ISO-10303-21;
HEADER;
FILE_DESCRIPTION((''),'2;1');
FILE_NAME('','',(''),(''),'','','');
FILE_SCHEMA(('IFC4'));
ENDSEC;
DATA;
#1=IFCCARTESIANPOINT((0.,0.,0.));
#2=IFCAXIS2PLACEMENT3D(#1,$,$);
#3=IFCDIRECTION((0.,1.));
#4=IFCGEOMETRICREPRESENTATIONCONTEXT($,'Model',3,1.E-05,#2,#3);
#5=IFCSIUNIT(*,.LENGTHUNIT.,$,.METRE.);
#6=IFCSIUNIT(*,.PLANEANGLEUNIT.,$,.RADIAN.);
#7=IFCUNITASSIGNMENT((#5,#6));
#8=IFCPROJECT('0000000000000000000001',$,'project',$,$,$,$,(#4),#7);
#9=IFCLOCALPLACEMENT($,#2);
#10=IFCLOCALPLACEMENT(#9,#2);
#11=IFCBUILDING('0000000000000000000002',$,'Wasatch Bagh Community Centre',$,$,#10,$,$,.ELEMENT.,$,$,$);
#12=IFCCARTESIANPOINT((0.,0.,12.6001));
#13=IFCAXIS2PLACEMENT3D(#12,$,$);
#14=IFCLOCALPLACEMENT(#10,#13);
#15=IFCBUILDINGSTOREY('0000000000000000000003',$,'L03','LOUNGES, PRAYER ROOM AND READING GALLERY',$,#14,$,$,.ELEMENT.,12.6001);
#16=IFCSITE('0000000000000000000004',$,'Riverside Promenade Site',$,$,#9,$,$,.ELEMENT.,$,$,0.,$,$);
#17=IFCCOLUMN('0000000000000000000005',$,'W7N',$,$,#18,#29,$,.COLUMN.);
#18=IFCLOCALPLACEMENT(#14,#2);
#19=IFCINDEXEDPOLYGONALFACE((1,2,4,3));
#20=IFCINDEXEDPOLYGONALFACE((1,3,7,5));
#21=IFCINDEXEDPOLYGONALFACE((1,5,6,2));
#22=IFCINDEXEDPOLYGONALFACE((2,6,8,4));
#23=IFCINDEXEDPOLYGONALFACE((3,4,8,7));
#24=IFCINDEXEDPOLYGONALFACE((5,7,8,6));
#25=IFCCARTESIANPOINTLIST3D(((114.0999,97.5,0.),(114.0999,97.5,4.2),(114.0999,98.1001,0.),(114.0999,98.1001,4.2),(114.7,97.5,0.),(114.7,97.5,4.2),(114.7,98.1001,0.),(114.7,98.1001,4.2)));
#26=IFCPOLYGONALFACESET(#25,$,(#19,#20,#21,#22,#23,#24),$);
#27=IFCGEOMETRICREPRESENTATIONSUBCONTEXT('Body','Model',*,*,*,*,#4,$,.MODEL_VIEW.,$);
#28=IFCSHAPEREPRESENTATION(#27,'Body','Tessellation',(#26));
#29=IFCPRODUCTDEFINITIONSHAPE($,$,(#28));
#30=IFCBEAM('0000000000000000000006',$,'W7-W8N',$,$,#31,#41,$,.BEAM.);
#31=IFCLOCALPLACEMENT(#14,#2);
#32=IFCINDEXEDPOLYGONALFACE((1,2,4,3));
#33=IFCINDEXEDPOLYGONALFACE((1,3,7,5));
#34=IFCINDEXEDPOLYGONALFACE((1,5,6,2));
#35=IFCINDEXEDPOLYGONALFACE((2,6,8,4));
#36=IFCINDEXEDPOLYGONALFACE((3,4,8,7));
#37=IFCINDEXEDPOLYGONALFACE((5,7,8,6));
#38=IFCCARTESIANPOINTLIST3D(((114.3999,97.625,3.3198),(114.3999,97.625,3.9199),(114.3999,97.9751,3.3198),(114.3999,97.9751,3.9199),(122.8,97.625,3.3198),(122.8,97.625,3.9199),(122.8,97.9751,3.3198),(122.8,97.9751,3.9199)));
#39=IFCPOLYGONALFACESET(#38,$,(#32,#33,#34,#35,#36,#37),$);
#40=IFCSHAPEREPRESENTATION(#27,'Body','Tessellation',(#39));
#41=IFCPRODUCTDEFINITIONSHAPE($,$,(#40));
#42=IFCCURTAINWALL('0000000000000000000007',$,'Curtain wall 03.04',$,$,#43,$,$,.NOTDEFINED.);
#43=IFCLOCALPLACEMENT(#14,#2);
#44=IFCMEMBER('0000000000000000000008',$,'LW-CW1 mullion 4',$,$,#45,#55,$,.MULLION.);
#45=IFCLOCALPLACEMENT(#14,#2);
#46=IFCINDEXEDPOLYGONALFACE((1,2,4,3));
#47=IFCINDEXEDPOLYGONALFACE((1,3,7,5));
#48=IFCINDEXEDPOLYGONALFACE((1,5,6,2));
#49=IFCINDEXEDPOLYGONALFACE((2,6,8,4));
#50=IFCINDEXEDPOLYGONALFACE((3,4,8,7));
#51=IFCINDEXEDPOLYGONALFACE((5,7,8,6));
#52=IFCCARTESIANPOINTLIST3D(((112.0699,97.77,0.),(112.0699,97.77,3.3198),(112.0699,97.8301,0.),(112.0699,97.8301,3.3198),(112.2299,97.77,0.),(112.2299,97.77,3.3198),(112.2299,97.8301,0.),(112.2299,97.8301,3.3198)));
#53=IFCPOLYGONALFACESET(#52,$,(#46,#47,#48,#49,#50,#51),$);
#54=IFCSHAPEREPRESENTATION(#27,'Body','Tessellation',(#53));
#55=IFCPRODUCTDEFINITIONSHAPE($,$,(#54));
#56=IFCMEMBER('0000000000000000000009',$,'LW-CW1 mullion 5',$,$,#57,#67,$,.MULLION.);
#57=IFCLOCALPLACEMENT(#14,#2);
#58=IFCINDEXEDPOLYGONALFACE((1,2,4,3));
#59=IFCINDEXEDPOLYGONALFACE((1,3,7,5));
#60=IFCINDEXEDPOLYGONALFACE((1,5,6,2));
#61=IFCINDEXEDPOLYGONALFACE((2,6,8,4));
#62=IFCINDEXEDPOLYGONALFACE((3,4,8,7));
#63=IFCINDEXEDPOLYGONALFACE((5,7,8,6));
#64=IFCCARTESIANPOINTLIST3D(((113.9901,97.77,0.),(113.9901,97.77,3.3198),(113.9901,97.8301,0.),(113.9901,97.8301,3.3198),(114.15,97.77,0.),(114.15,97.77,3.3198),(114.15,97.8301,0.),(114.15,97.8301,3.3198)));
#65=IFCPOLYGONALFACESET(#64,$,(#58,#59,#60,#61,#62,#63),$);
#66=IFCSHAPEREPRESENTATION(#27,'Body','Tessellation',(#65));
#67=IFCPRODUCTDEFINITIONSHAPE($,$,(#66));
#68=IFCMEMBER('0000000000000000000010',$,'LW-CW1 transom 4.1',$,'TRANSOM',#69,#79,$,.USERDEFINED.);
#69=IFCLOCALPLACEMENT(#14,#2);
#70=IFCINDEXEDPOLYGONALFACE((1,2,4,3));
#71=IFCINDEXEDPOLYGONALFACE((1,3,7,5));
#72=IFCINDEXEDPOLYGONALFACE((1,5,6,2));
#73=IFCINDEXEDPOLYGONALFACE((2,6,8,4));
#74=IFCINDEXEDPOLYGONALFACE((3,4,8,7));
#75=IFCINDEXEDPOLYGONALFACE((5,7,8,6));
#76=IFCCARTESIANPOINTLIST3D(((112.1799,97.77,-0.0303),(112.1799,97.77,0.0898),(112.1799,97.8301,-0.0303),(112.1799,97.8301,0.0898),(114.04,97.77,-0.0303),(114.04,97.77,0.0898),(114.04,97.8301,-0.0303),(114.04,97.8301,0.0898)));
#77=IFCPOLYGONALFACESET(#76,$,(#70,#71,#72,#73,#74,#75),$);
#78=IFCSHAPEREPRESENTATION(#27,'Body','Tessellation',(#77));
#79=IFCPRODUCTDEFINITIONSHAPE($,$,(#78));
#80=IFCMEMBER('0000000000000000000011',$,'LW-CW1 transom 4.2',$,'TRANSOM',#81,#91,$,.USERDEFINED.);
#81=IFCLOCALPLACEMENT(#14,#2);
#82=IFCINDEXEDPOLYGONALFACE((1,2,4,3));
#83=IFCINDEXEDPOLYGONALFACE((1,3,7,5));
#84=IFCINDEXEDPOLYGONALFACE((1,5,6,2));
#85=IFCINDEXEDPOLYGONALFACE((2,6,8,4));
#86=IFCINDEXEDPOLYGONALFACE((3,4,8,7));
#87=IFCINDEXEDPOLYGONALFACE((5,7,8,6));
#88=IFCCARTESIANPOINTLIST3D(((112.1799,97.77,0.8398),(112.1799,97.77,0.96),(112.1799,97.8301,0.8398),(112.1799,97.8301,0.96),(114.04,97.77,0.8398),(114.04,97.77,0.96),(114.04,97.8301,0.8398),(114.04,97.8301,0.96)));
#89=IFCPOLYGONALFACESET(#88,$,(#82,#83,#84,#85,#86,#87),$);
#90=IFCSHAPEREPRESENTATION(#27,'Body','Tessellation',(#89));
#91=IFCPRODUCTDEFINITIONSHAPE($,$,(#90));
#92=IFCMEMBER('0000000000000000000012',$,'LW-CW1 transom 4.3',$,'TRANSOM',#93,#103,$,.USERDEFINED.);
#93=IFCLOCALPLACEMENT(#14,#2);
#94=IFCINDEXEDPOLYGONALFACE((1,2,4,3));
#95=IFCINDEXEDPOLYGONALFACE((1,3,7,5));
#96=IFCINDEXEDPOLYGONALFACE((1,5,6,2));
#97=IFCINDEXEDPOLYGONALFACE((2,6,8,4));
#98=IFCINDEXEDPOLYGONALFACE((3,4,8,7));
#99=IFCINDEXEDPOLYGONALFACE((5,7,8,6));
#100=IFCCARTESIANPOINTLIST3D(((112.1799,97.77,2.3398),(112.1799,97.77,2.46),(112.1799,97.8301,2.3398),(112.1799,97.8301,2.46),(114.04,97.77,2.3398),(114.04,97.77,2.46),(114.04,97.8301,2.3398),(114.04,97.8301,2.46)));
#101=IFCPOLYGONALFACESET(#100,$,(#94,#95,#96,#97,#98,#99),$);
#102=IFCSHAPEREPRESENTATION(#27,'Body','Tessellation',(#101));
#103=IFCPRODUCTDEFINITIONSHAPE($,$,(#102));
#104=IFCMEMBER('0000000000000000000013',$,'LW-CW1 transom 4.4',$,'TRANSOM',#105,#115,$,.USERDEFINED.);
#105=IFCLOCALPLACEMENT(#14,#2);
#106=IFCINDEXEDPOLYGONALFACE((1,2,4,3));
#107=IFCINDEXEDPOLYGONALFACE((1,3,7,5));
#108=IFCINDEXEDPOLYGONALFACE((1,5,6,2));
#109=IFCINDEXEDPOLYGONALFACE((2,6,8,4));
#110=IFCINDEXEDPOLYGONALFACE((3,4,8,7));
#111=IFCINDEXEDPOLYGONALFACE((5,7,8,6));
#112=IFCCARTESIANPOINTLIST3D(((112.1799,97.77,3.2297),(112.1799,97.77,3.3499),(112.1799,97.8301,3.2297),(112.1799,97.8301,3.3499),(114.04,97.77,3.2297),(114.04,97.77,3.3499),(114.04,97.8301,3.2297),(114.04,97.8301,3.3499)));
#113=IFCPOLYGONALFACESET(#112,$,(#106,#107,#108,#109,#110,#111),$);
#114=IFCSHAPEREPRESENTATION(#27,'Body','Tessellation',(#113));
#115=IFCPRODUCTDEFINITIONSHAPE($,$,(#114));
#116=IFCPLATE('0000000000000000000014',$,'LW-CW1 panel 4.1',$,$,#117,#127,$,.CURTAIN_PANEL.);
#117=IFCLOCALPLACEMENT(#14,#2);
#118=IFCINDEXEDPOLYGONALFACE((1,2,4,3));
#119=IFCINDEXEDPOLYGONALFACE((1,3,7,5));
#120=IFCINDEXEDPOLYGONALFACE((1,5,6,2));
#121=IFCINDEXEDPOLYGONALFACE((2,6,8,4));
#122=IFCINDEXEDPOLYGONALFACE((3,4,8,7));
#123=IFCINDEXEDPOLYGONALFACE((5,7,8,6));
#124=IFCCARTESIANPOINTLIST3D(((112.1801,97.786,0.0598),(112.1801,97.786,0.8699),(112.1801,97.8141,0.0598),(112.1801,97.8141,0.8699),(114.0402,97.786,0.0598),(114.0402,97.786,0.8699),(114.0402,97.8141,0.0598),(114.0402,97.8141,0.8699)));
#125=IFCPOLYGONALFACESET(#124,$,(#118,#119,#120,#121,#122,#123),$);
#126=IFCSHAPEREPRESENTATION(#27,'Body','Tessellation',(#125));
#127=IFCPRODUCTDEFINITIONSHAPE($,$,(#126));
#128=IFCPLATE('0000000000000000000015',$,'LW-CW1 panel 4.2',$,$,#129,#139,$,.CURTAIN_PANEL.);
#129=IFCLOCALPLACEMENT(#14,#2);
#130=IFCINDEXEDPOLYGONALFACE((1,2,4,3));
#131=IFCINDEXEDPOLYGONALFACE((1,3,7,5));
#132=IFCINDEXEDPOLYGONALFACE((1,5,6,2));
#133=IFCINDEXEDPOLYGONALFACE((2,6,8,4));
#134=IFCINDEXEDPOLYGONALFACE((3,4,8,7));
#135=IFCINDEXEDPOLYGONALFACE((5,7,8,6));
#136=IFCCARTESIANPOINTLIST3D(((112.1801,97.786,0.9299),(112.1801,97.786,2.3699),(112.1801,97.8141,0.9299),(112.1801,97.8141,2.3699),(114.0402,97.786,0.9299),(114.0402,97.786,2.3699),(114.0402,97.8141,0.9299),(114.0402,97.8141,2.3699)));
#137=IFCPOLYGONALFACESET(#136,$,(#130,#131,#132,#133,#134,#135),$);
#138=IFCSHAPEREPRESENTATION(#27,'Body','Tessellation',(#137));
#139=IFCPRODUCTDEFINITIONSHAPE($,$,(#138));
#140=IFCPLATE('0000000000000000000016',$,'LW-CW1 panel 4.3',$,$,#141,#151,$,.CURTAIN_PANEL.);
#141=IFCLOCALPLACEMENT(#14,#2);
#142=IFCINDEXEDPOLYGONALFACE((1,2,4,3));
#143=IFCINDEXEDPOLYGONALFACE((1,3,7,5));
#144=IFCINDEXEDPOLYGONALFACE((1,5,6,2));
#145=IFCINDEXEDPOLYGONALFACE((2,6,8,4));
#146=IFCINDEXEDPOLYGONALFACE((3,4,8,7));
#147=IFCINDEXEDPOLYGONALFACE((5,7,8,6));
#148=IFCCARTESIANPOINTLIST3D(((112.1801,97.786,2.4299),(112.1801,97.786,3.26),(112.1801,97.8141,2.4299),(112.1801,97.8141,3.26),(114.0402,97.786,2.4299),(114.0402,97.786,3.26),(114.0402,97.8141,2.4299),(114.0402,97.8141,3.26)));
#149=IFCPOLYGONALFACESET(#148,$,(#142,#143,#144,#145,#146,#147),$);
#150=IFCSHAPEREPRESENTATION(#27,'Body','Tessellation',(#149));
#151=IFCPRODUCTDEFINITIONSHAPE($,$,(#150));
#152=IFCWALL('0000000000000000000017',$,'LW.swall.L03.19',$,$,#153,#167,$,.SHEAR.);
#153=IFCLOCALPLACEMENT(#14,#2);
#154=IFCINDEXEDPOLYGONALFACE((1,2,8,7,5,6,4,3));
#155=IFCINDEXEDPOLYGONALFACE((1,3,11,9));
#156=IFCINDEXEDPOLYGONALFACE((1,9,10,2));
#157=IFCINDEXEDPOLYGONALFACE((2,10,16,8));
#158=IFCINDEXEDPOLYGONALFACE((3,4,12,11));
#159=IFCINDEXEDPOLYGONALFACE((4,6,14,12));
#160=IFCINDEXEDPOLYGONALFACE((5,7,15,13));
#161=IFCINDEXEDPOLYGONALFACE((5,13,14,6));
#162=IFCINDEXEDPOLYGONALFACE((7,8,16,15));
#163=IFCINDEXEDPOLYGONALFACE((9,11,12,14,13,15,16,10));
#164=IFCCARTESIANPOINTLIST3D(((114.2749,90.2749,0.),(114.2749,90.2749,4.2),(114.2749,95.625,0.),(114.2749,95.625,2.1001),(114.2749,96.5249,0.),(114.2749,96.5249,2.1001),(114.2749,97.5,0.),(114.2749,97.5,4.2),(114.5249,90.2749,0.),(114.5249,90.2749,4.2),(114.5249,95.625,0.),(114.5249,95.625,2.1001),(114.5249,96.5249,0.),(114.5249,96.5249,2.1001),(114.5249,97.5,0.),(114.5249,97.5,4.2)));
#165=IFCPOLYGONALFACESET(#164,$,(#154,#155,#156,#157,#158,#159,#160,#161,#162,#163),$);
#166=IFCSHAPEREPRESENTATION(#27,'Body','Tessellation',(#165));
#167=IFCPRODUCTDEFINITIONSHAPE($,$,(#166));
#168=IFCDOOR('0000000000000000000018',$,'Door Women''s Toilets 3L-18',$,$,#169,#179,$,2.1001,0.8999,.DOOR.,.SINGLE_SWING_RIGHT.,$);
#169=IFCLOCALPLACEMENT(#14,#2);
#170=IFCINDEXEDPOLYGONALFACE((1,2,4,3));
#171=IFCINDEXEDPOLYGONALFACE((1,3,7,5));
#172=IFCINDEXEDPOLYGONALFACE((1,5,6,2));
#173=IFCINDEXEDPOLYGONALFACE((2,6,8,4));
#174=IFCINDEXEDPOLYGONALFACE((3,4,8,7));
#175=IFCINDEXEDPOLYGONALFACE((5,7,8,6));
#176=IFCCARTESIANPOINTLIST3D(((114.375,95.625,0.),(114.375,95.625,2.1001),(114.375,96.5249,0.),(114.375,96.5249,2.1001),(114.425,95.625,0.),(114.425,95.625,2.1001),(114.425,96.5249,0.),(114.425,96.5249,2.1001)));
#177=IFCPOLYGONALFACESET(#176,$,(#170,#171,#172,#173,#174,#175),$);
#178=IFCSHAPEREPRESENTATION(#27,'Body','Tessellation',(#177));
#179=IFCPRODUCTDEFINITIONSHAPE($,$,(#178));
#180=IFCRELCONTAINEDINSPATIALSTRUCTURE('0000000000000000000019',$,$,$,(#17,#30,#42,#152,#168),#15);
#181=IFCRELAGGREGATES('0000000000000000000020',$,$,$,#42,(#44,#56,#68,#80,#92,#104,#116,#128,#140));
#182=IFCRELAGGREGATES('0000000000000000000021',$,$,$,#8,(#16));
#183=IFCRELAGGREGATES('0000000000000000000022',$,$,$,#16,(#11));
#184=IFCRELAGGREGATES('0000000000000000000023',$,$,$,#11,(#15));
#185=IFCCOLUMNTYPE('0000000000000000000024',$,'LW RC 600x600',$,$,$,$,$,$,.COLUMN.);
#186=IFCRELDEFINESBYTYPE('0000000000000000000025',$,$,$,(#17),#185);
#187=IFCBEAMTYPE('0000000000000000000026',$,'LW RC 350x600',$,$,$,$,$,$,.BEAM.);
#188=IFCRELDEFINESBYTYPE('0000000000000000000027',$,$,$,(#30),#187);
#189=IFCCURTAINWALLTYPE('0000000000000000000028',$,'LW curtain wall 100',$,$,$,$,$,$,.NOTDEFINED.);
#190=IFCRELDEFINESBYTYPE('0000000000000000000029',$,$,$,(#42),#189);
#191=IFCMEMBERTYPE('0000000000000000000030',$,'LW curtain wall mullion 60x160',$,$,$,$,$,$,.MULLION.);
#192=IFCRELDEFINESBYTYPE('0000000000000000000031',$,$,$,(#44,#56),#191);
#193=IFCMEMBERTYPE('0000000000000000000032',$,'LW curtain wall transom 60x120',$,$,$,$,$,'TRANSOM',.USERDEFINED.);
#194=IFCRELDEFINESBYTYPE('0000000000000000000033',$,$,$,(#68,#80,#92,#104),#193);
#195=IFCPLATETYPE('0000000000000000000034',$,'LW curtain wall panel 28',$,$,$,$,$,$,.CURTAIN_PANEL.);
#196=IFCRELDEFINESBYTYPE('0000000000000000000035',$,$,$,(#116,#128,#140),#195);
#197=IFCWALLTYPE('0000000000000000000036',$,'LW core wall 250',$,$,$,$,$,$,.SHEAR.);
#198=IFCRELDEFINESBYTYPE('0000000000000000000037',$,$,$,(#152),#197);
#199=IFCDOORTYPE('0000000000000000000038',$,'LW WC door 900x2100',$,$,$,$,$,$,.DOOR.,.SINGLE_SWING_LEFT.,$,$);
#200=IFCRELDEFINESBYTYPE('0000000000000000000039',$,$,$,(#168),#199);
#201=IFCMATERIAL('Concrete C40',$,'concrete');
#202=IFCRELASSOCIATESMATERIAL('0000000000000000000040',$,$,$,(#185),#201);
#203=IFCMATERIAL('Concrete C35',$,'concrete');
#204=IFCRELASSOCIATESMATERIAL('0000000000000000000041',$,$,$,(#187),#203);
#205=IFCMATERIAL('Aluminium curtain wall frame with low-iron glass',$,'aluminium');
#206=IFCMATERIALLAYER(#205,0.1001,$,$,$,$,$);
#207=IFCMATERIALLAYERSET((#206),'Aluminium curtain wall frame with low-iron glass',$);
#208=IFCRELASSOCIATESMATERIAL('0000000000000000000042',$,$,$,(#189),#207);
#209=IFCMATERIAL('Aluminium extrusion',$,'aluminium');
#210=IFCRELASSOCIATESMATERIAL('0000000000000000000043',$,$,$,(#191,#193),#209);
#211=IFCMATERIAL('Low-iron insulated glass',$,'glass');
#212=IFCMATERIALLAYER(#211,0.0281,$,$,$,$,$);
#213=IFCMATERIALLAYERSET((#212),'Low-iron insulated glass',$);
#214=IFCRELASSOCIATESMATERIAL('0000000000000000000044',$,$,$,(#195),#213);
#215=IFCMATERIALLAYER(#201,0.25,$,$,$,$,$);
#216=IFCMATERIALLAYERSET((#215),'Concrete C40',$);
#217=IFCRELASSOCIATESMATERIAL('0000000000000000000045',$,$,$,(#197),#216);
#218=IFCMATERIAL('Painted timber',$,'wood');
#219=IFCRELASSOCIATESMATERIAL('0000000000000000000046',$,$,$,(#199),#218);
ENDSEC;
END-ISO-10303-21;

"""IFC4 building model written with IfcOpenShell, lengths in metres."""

from ifc_helpers import new_model, si_unit, direction, frame, frame_2d, origin, origin_2d, place, context, subcontext, project, spatial, rectangle, extrude, material, layer, layer_set, material_profile, profile_set, type_object, element, fill, aggregate, save


model = new_model("IFC4")

# Units and contexts
model_context = context("Model", 3, precision=1e-05, world=origin(), true_north=direction((0.0, 1.0)))
body_context = subcontext(model_context, "Body", "Model", "MODEL_VIEW")
ifc_project = project(units=[si_unit("LENGTHUNIT", "METRE"), si_unit("PLANEANGLEUNIT", "RADIAN")], contexts=[model_context])

# Site, building, storey
site_placement = place(None, origin())
site = spatial("IfcSite", under=ifc_project, at=site_placement, Name="Riverside Promenade Site", CompositionType="ELEMENT", RefElevation=0.0)
building_placement = place(site_placement, origin())
building = spatial("IfcBuilding", under=site, at=building_placement, Name="Wasatch Bagh Community Centre", CompositionType="ELEMENT")
storey_placement = place(building_placement, frame((0.0, 0.0, 12.6001)))
storey = spatial("IfcBuildingStorey", under=building, at=storey_placement, Name="L03", Description="LOUNGES, PRAYER ROOM AND READING GALLERY", CompositionType="ELEMENT", Elevation=12.6001)

# Column
ifc_material_1 = material(Name="Concrete C40", Category="concrete")
ifc_material_profile_1 = material_profile(ifc_material_1, rectangle(XDim=0.6001, YDim=0.6001, at=origin_2d()), Name="RC 600x600")
ifc_profile_set_1 = profile_set([ifc_material_profile_1], Name="Concrete C40")
column_type = type_object("IfcColumnType", Name="LW RC 600x600", PredefinedType="COLUMN", material=ifc_profile_set_1)
column_placement = place(storey_placement, frame((114.3999, 97.8, 0.0), z_axis=(0.0, 0.0, 1.0), x_axis=(1.0, 0.0, 0.0)))
element("IfcColumn", 1, at=column_placement, inside=storey, type_object=column_type, Name="W7N", PredefinedType="COLUMN", context=body_context, shape_type="SweptSolid", body=[
    extrude(rectangle(XDim=0.6001, YDim=0.6001, at=origin_2d()), origin(), (0.0, 0.0, 1.0), 4.2),
])

# Beam
ifc_material_2 = material(Name="Concrete C35", Category="concrete")
ifc_material_profile_2 = material_profile(ifc_material_2, rectangle(XDim=0.3501, YDim=0.6001, at=origin_2d()), Name="RC 350x600")
ifc_profile_set_2 = profile_set([ifc_material_profile_2], Name="Concrete C35")
beam_type = type_object("IfcBeamType", Name="LW RC 350x600", PredefinedType="BEAM", material=ifc_profile_set_2)
beam_placement = place(storey_placement, frame((114.3999, 97.8, 3.6199), z_axis=(1.0, 0.0, 0.0), x_axis=(0.0, 1.0, 0.0)))
element("IfcBeam", 2, at=beam_placement, inside=storey, type_object=beam_type, Name="W7-W8N", PredefinedType="BEAM", context=body_context, shape_type="SweptSolid", body=[
    extrude(rectangle(XDim=0.3501, YDim=0.6001, at=origin_2d()), origin(), (0.0, 0.0, 1.0), 8.4001),
])

# Curtain wall, members, plates
ifc_material_3 = material(Name="Aluminium curtain wall frame with low-iron glass", Category="aluminium")
ifc_layer_1 = layer(ifc_material_3, 0.1001)
ifc_layer_set_1 = layer_set([ifc_layer_1], Name="Aluminium curtain wall frame with low-iron glass")
curtain_wall_type = type_object("IfcCurtainWallType", Name="LW curtain wall 100", PredefinedType="NOTDEFINED", material=ifc_layer_set_1)
curtain_wall_placement = place(storey_placement, origin())
curtain_wall = element("IfcCurtainWall", 3, at=curtain_wall_placement, inside=storey, type_object=curtain_wall_type, Name="Curtain wall 03.04", PredefinedType="NOTDEFINED")
ifc_material_4 = material(Name="Aluminium extrusion", Category="aluminium")
ifc_material_profile_3 = material_profile(ifc_material_4, rectangle(XDim=0.0601, YDim=0.1599, at=origin_2d()), Name="AL 60x160")
ifc_profile_set_3 = profile_set([ifc_material_profile_3], Name="Aluminium extrusion")
member_type_1 = type_object("IfcMemberType", Name="LW curtain wall mullion 60x160", PredefinedType="MULLION", material=ifc_profile_set_3)
member_1_placement = place(storey_placement, frame((112.1499, 97.8, 0.0), z_axis=(0.0, 0.0, 1.0), x_axis=(0.0, 1.0, 0.0)))
member_1 = element("IfcMember", 4, at=member_1_placement, type_object=member_type_1, Name="LW-CW1 mullion 4", PredefinedType="MULLION", context=body_context, shape_type="SweptSolid", body=[
    extrude(rectangle(XDim=0.0601, YDim=0.1599, at=origin_2d()), origin(), (0.0, 0.0, 1.0), 3.3198),
])
member_2_placement = place(storey_placement, frame((114.0701, 97.8, 0.0), z_axis=(0.0, 0.0, 1.0), x_axis=(0.0, 1.0, 0.0)))
member_2 = element("IfcMember", 5, at=member_2_placement, type_object=member_type_1, Name="LW-CW1 mullion 5", PredefinedType="MULLION", context=body_context, shape_type="SweptSolid", body=[
    extrude(rectangle(XDim=0.0601, YDim=0.1599, at=origin_2d()), origin(), (0.0, 0.0, 1.0), 3.3198),
])
ifc_material_profile_4 = material_profile(ifc_material_4, rectangle(XDim=0.0601, YDim=0.1201, at=origin_2d()), Name="AL 60x120")
ifc_profile_set_4 = profile_set([ifc_material_profile_4], Name="Aluminium extrusion")
member_type_2 = type_object("IfcMemberType", Name="LW curtain wall transom 60x120", ElementType="TRANSOM", PredefinedType="USERDEFINED", material=ifc_profile_set_4)
member_3_placement = place(storey_placement, frame((112.1799, 97.8, 0.0298), z_axis=(1.0, 0.0, 0.0), x_axis=(0.0, 1.0, 0.0)))
member_3 = element("IfcMember", 6, at=member_3_placement, type_object=member_type_2, Name="LW-CW1 transom 4.1", ObjectType="TRANSOM", PredefinedType="USERDEFINED", context=body_context, shape_type="SweptSolid", body=[
    extrude(rectangle(XDim=0.0601, YDim=0.1201, at=origin_2d()), origin(), (0.0, 0.0, 1.0), 1.8601),
])
member_4_placement = place(storey_placement, frame((112.1799, 97.8, 0.8999), z_axis=(1.0, 0.0, 0.0), x_axis=(0.0, 1.0, 0.0)))
member_4 = element("IfcMember", 7, at=member_4_placement, type_object=member_type_2, Name="LW-CW1 transom 4.2", ObjectType="TRANSOM", PredefinedType="USERDEFINED", context=body_context, shape_type="SweptSolid", body=[
    extrude(rectangle(XDim=0.0601, YDim=0.1201, at=origin_2d()), origin(), (0.0, 0.0, 1.0), 1.8601),
])
member_5_placement = place(storey_placement, frame((112.1799, 97.8, 2.3999), z_axis=(1.0, 0.0, 0.0), x_axis=(0.0, 1.0, 0.0)))
member_5 = element("IfcMember", 8, at=member_5_placement, type_object=member_type_2, Name="LW-CW1 transom 4.3", ObjectType="TRANSOM", PredefinedType="USERDEFINED", context=body_context, shape_type="SweptSolid", body=[
    extrude(rectangle(XDim=0.0601, YDim=0.1201, at=origin_2d()), origin(), (0.0, 0.0, 1.0), 1.8601),
])
member_6_placement = place(storey_placement, frame((112.1799, 97.8, 3.2898), z_axis=(1.0, 0.0, 0.0), x_axis=(0.0, 1.0, 0.0)))
member_6 = element("IfcMember", 9, at=member_6_placement, type_object=member_type_2, Name="LW-CW1 transom 4.4", ObjectType="TRANSOM", PredefinedType="USERDEFINED", context=body_context, shape_type="SweptSolid", body=[
    extrude(rectangle(XDim=0.0601, YDim=0.1201, at=origin_2d()), origin(), (0.0, 0.0, 1.0), 1.8601),
])
ifc_material_5 = material(Name="Low-iron insulated glass", Category="glass")
ifc_layer_2 = layer(ifc_material_5, 0.0281)
ifc_layer_set_2 = layer_set([ifc_layer_2], Name="Low-iron insulated glass")
plate_type = type_object("IfcPlateType", Name="LW curtain wall panel 28", PredefinedType="CURTAIN_PANEL", material=ifc_layer_set_2)
plate_1_placement = place(storey_placement, frame((113.1101, 97.8, 0.0598), z_axis=(0.0, 0.0, 1.0), x_axis=(1.0, 0.0, 0.0)))
plate_1 = element("IfcPlate", 10, at=plate_1_placement, type_object=plate_type, Name="LW-CW1 panel 4.1", PredefinedType="CURTAIN_PANEL", context=body_context, shape_type="SweptSolid", body=[
    extrude(rectangle(XDim=1.8601, YDim=0.0281, at=origin_2d()), origin(), (0.0, 0.0, 1.0), 0.8101),
])
plate_2_placement = place(storey_placement, frame((113.1101, 97.8, 0.9299), z_axis=(0.0, 0.0, 1.0), x_axis=(1.0, 0.0, 0.0)))
plate_2 = element("IfcPlate", 11, at=plate_2_placement, type_object=plate_type, Name="LW-CW1 panel 4.2", PredefinedType="CURTAIN_PANEL", context=body_context, shape_type="SweptSolid", body=[
    extrude(rectangle(XDim=1.8601, YDim=0.0281, at=origin_2d()), origin(), (0.0, 0.0, 1.0), 1.4399),
])
plate_3_placement = place(storey_placement, frame((113.1101, 97.8, 2.4299), z_axis=(0.0, 0.0, 1.0), x_axis=(1.0, 0.0, 0.0)))
plate_3 = element("IfcPlate", 12, at=plate_3_placement, type_object=plate_type, Name="LW-CW1 panel 4.3", PredefinedType="CURTAIN_PANEL", context=body_context, shape_type="SweptSolid", body=[
    extrude(rectangle(XDim=1.8601, YDim=0.0281, at=origin_2d()), origin(), (0.0, 0.0, 1.0), 0.8301),
])
aggregate(curtain_wall, [member_1, member_2, member_3, member_4, member_5, member_6, plate_1, plate_2, plate_3])

# Wall, opening, door
ifc_layer_3 = layer(ifc_material_1, 0.25)
ifc_layer_set_3 = layer_set([ifc_layer_3], Name="Concrete C40")
wall_type_1 = type_object("IfcWallType", Name="LW core wall 250", PredefinedType="SHEAR", material=ifc_layer_set_3)
wall_1_placement = place(storey_placement, frame((114.3999, 90.2749, 0.0), z_axis=(0.0, 0.0, 1.0), x_axis=(0.0, 1.0, 0.0)))
wall_1 = element("IfcWall", 13, at=wall_1_placement, inside=storey, type_object=wall_type_1, Name="LW.swall.L03.19", PredefinedType="SHEAR", context=body_context, shape_type="SweptSolid", body=[
    extrude(rectangle(XDim=7.2251, YDim=0.25, at=frame_2d((3.6125, 0.0))), origin(), (0.0, 0.0, 1.0), 4.2),
])
opening_1_placement = place(wall_1_placement, frame((5.3501, 0.0, 0.0)))
opening_1 = element("IfcOpeningElement", 14, at=opening_1_placement, cuts=wall_1, PredefinedType="OPENING", context=body_context, shape_type="SweptSolid", body=[
    extrude(rectangle(XDim=0.8999, YDim=2.1001, at=frame_2d((0.45, 1.05))), frame((0.0, 0.135, 0.0), z_axis=(0.0, -1.0, 0.0), x_axis=(1.0, 0.0, 0.0)), (0.0, 0.0, 1.0), 0.27),
])
ifc_material_6 = material(Name="Painted timber", Category="wood")
door_type_1 = type_object("IfcDoorType", Name="LW WC door 900x2100", OperationType="SINGLE_SWING_LEFT", PredefinedType="DOOR", material=ifc_material_6)
door_1_placement = place(opening_1_placement, origin())
door_1 = element("IfcDoor", 15, at=door_1_placement, inside=storey, type_object=door_type_1, Name="Door Women's Toilets 3L-18", OperationType="SINGLE_SWING_RIGHT", OverallHeight=2.1001, OverallWidth=0.8999, PredefinedType="DOOR", context=body_context, shape_type="SweptSolid", body=[
    extrude(rectangle(XDim=0.8999, YDim=2.1001, at=frame_2d((0.45, 1.05))), frame((0.0, 0.0249, 0.0), z_axis=(0.0, -1.0, 0.0), x_axis=(1.0, 0.0, 0.0)), (0.0, 0.0, 1.0), 0.05),
])
fill(opening_1, door_1)

save(model, "model.ifc")
